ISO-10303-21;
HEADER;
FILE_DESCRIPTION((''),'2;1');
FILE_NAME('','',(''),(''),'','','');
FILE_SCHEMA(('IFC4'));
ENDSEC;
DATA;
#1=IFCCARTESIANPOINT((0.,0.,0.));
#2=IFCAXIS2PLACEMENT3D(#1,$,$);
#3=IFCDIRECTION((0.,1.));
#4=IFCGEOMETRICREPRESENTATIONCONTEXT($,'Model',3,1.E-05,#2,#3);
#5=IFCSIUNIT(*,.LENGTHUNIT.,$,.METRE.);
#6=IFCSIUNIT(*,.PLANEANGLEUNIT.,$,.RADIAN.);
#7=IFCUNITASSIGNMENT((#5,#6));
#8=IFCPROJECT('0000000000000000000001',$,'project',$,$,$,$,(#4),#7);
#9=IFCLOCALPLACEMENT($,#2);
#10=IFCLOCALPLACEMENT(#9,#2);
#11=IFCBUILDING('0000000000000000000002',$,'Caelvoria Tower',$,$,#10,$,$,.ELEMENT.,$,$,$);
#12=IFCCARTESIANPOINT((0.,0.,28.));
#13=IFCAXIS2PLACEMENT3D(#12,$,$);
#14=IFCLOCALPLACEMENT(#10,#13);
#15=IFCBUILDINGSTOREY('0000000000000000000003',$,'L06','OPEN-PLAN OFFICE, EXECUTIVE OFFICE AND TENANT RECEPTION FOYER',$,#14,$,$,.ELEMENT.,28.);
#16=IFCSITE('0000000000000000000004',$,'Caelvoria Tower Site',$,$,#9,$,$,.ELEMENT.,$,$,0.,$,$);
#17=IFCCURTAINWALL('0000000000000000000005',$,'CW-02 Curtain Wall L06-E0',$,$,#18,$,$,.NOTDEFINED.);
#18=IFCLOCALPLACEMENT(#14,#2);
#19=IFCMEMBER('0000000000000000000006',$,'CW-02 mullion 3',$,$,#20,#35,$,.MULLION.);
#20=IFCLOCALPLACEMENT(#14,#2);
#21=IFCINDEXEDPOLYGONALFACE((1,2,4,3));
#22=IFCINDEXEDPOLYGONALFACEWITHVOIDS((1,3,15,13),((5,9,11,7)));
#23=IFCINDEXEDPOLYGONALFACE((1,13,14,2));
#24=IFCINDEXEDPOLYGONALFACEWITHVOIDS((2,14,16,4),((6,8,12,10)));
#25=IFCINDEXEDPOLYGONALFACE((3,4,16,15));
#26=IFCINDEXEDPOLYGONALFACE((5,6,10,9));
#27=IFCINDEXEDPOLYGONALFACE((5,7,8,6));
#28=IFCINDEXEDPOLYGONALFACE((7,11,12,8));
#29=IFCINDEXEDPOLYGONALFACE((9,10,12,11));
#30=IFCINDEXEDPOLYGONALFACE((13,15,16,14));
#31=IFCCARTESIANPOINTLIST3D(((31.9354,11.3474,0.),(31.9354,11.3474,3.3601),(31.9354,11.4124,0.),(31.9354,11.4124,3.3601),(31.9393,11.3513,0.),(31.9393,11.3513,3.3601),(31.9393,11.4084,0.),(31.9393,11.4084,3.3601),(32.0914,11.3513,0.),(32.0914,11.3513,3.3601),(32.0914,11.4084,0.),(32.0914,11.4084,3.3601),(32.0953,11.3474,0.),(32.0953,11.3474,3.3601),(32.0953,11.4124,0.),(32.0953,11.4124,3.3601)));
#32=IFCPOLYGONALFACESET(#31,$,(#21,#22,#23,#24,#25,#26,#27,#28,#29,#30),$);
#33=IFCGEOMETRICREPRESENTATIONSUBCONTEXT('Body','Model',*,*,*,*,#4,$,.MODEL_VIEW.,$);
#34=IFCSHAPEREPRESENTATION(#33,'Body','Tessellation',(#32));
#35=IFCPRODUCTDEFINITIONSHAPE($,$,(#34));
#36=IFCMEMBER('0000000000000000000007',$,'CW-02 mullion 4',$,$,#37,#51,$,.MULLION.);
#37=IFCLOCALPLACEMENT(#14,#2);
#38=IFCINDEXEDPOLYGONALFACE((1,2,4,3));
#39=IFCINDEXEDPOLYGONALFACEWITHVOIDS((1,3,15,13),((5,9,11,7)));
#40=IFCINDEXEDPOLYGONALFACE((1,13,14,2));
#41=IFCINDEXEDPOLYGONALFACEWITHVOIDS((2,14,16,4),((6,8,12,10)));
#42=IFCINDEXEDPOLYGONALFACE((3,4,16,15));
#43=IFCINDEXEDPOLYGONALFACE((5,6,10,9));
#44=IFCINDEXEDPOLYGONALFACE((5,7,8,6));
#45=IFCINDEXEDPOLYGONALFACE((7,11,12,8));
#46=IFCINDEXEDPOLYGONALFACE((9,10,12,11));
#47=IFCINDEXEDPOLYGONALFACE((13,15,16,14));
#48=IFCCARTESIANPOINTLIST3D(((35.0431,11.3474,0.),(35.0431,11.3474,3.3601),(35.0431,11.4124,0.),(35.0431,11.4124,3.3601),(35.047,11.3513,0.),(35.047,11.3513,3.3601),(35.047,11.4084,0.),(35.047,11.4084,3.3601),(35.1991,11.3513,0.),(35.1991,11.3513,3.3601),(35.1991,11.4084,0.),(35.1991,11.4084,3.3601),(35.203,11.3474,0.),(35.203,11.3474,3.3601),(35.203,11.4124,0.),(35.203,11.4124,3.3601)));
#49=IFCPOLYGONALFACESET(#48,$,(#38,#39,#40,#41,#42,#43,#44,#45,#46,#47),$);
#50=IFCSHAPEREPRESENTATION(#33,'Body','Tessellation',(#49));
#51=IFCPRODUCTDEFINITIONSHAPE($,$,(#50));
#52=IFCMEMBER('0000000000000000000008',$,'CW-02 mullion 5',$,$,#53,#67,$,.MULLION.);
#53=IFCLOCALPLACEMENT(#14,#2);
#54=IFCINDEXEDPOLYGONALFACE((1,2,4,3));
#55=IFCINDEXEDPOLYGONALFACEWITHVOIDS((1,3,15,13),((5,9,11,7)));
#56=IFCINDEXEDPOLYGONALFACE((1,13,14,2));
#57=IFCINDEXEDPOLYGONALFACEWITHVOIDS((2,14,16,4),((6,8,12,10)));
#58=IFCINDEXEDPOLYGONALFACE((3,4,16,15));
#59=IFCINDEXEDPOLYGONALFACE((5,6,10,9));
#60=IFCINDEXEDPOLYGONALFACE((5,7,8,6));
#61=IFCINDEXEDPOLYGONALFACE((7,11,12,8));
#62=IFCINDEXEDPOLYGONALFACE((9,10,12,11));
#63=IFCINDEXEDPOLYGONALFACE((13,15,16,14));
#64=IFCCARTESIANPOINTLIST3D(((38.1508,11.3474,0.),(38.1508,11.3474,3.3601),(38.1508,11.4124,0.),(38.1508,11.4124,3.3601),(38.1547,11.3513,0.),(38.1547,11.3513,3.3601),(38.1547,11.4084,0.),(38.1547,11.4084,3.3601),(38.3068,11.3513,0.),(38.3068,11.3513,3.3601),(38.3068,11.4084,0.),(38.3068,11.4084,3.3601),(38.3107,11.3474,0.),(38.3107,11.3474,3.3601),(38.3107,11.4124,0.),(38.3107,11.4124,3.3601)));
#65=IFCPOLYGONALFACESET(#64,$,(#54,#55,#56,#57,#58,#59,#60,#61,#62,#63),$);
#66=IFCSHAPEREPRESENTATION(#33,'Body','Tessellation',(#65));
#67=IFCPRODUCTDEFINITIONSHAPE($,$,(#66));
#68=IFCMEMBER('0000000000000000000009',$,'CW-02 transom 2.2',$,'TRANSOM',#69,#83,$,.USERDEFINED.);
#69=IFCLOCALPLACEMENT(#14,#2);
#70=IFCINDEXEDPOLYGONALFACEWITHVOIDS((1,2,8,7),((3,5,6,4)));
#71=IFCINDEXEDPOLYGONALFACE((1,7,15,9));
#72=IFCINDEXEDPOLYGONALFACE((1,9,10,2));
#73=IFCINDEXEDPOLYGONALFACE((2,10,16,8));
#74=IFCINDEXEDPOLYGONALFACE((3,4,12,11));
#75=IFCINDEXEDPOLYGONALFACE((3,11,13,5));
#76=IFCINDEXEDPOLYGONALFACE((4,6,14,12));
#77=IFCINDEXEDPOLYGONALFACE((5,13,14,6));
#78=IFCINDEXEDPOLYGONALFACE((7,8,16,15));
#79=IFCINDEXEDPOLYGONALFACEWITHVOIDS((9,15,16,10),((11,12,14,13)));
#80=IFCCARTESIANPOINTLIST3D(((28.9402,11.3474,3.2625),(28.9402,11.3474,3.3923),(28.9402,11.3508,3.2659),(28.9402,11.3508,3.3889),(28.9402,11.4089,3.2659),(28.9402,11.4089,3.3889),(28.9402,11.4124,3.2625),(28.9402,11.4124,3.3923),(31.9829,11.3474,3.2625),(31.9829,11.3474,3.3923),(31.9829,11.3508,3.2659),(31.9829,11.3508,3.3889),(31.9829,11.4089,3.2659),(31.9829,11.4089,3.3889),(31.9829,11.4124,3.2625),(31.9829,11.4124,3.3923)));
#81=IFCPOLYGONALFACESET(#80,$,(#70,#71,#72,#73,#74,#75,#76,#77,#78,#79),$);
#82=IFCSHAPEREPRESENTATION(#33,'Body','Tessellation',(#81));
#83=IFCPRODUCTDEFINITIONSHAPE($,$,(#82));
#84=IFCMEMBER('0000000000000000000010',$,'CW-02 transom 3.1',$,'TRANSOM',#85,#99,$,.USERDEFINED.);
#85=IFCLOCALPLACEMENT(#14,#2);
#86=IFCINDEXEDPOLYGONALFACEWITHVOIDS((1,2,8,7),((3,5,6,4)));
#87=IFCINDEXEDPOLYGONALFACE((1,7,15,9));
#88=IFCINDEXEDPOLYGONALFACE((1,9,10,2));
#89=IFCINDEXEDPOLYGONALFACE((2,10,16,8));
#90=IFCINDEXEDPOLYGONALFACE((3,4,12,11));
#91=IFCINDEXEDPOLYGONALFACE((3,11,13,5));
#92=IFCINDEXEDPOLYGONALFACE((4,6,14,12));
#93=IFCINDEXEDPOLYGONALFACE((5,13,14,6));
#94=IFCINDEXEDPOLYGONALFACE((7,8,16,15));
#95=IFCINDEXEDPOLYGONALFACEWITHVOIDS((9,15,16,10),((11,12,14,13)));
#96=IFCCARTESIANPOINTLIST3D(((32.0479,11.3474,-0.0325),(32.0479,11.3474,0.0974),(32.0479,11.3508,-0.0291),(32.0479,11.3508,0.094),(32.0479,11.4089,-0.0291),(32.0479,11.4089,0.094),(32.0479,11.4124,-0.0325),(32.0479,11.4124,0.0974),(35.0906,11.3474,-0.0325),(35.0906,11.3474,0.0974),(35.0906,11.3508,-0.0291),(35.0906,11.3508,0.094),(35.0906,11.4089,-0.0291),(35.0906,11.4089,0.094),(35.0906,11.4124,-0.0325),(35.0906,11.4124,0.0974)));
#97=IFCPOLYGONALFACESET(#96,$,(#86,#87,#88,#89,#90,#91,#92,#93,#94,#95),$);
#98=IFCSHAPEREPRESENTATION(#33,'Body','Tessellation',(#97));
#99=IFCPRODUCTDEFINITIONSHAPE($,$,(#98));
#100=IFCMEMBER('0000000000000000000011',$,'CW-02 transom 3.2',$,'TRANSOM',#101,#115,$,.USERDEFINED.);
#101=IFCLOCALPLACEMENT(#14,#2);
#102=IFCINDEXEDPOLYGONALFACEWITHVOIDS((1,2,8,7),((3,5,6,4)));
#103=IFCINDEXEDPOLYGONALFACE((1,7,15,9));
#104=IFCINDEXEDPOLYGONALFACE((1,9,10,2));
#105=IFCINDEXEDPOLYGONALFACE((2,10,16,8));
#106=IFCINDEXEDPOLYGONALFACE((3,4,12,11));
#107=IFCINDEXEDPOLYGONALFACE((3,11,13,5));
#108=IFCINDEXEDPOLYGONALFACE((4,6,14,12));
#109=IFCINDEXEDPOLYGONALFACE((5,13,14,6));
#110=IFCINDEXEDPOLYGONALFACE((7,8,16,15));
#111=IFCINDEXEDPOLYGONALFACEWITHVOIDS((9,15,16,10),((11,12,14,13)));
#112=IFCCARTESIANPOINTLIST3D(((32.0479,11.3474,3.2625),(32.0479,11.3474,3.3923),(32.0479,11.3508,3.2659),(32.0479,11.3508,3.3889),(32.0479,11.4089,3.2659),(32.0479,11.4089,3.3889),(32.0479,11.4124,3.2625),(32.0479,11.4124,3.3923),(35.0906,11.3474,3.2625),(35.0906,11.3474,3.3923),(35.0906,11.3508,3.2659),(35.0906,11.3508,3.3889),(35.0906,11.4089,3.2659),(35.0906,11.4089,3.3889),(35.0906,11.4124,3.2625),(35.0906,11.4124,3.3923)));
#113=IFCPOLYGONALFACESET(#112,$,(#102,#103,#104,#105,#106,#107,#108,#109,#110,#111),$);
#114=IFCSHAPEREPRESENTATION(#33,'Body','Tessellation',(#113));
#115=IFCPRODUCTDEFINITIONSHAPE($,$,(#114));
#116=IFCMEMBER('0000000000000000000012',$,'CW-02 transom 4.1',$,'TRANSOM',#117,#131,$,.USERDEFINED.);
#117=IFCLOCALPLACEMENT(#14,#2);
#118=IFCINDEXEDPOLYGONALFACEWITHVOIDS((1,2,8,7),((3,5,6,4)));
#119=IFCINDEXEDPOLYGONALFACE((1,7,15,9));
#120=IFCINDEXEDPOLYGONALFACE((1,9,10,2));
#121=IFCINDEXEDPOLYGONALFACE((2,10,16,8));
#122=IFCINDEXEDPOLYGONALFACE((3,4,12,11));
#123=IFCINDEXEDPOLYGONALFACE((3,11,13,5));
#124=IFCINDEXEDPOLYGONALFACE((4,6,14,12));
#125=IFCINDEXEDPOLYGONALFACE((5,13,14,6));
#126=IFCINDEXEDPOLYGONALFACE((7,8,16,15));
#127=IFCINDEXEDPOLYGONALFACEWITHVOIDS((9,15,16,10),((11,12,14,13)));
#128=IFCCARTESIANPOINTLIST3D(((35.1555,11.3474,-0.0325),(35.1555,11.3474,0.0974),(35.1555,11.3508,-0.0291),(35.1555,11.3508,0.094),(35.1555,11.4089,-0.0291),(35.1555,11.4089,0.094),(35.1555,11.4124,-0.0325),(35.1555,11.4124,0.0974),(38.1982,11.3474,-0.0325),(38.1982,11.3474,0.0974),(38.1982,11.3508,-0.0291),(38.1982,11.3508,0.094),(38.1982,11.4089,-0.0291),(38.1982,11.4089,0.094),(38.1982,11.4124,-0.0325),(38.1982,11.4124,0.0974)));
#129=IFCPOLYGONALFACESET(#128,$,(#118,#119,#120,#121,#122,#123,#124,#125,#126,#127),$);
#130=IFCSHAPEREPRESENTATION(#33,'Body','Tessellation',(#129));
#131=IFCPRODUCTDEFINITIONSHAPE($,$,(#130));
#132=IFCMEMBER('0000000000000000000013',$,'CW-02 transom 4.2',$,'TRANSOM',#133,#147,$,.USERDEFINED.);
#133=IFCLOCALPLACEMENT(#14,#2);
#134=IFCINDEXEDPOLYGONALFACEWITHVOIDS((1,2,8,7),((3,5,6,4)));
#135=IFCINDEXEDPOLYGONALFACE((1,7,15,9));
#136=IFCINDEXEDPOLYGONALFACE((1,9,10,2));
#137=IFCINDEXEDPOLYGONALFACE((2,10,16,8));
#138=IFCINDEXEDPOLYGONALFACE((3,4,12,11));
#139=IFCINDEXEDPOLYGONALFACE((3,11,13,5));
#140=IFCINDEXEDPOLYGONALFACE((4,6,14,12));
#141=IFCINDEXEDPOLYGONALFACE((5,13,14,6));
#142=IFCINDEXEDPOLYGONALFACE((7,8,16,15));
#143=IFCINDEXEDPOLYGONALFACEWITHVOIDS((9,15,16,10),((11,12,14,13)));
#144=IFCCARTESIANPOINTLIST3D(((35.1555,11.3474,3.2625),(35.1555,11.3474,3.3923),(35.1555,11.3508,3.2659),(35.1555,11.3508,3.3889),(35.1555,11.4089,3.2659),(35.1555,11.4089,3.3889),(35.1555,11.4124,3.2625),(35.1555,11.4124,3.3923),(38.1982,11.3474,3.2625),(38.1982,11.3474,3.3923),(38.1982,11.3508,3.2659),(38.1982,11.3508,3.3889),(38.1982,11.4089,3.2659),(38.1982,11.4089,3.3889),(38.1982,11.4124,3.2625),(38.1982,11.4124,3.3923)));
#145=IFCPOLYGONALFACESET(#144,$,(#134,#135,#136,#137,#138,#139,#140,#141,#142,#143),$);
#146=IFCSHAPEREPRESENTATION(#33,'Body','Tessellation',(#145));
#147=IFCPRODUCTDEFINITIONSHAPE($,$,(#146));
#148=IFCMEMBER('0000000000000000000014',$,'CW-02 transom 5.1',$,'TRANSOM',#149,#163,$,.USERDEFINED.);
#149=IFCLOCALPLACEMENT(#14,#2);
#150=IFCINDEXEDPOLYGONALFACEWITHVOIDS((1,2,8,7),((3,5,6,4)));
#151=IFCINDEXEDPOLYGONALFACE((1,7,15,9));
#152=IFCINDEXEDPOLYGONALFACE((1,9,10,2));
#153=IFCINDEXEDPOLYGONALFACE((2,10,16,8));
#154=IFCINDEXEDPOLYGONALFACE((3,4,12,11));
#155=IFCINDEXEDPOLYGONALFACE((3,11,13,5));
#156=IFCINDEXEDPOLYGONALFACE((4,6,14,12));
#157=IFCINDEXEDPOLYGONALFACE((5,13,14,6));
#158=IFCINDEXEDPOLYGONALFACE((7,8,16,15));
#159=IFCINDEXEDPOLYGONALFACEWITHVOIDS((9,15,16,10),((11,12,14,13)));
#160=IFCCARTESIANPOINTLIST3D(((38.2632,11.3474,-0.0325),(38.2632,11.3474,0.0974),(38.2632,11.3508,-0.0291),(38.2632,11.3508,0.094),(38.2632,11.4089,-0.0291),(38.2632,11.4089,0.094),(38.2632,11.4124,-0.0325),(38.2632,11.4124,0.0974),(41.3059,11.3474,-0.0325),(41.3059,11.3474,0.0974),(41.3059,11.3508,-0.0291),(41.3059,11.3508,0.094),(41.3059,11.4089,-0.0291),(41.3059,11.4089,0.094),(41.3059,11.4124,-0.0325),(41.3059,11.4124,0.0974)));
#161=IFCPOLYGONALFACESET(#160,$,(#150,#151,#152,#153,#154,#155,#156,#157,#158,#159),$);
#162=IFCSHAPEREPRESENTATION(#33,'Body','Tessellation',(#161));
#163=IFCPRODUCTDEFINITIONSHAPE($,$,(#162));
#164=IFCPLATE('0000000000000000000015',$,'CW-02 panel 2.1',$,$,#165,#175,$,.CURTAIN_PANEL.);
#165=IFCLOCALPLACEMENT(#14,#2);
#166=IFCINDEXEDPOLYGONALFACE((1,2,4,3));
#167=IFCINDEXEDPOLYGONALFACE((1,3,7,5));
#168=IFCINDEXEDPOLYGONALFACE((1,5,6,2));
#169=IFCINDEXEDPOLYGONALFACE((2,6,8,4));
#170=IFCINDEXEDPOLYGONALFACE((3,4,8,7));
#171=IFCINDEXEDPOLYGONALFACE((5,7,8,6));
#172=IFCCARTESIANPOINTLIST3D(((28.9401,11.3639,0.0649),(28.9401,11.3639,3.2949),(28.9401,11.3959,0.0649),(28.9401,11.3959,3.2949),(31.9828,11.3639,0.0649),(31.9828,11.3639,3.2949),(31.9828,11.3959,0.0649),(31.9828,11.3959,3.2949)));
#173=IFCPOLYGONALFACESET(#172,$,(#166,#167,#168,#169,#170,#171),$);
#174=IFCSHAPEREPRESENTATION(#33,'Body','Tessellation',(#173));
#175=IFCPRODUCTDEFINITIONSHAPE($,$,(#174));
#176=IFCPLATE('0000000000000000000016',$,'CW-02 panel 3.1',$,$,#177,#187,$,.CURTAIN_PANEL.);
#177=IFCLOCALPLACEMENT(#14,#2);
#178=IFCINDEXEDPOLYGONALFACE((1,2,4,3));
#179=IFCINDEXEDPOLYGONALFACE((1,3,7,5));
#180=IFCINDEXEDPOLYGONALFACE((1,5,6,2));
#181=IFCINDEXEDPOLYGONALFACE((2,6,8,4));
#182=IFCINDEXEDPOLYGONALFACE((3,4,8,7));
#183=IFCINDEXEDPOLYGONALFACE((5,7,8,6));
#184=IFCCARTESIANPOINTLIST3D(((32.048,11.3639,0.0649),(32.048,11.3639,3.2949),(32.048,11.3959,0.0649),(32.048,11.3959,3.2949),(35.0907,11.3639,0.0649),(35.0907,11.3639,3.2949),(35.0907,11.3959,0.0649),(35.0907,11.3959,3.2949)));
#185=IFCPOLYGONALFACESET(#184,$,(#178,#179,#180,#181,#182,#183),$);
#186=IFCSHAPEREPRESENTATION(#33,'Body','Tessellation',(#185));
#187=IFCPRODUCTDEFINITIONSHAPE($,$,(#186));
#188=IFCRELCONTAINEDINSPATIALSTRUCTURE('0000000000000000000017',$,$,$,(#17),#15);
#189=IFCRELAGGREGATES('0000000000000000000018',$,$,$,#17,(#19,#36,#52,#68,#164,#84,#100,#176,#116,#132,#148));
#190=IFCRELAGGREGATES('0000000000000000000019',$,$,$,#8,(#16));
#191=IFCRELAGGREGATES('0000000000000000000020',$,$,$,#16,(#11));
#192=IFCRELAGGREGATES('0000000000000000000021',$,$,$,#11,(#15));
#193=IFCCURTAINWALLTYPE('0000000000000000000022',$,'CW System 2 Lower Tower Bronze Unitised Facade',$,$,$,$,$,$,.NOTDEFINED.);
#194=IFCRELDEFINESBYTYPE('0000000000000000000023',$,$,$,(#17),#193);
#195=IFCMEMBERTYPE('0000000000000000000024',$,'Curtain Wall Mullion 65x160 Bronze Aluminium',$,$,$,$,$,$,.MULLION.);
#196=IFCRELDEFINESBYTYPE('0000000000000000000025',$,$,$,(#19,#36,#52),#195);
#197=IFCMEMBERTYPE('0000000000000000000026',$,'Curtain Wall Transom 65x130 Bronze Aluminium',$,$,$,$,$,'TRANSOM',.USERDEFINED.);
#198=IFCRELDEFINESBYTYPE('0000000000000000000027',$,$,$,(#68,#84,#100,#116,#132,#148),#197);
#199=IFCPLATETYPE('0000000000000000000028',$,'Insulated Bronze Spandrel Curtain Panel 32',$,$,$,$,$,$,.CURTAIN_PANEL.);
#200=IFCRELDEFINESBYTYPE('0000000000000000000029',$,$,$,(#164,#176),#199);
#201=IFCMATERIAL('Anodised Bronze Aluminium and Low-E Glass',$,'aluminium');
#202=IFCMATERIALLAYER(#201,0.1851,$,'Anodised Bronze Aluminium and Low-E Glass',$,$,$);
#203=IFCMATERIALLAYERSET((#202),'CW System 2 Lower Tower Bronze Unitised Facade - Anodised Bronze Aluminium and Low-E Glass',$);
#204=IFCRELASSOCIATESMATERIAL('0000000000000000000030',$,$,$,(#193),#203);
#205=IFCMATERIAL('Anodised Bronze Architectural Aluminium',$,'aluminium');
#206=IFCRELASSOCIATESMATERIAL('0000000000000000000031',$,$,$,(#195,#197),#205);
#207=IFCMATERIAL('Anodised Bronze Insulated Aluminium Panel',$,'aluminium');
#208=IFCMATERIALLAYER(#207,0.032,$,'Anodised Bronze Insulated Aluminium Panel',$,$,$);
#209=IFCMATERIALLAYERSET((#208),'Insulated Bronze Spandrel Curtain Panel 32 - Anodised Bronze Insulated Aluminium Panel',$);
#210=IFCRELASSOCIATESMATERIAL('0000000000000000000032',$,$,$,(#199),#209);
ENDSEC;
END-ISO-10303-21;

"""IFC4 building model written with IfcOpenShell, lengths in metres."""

from ifc_helpers import new_model, si_unit, direction, frame, origin, origin_2d, place, context, subcontext, project, spatial, rectangle, hollow_rectangle, extrude, material, layer, layer_set, material_profile, profile_set, type_object, element, aggregate, save


model = new_model("IFC4")

# Units and contexts
model_context = context("Model", 3, precision=1e-05, world=origin(), true_north=direction((0.0, 1.0)))
body_context = subcontext(model_context, "Body", "Model", "MODEL_VIEW")
ifc_project = project(units=[si_unit("LENGTHUNIT", "METRE"), si_unit("PLANEANGLEUNIT", "RADIAN")], contexts=[model_context])

# Site, building, storey
site_placement = place(None, origin())
site = spatial("IfcSite", under=ifc_project, at=site_placement, Name="Caelvoria Tower Site", CompositionType="ELEMENT", RefElevation=0.0)
building_placement = place(site_placement, origin())
building = spatial("IfcBuilding", under=site, at=building_placement, Name="Caelvoria Tower", CompositionType="ELEMENT")
storey_placement = place(building_placement, frame((0.0, 0.0, 28.0)))
storey = spatial("IfcBuildingStorey", under=building, at=storey_placement, Name="L06", Description="OPEN-PLAN OFFICE, EXECUTIVE OFFICE AND TENANT RECEPTION FOYER", CompositionType="ELEMENT", Elevation=28.0)

# Curtain wall, members, plates
ifc_material_1 = material(Name="Anodised Bronze Aluminium and Low-E Glass", Category="aluminium")
ifc_layer_1 = layer(ifc_material_1, 0.1851, Name="Anodised Bronze Aluminium and Low-E Glass")
ifc_layer_set_1 = layer_set([ifc_layer_1], Name="CW System 2 Lower Tower Bronze Unitised Facade - Anodised Bronze Aluminium and Low-E Glass")
curtain_wall_type = type_object("IfcCurtainWallType", Name="CW System 2 Lower Tower Bronze Unitised Facade", PredefinedType="NOTDEFINED", material=ifc_layer_set_1)
curtain_wall_placement = place(storey_placement, origin())
curtain_wall = element("IfcCurtainWall", 1, at=curtain_wall_placement, inside=storey, type_object=curtain_wall_type, Name="CW-02 Curtain Wall L06-E0", PredefinedType="NOTDEFINED")
ifc_material_2 = material(Name="Anodised Bronze Architectural Aluminium", Category="aluminium")
ifc_material_profile_1 = material_profile(ifc_material_2, hollow_rectangle(XDim=0.0649, YDim=0.1599, WallThickness=0.0039, at=origin_2d()), Name="Anodised Bronze Architectural Aluminium")
ifc_profile_set_1 = profile_set([ifc_material_profile_1], Name="CW_MULL_65X160 - Anodised Bronze Architectural Aluminium")
member_type_1 = type_object("IfcMemberType", Name="Curtain Wall Mullion 65x160 Bronze Aluminium", PredefinedType="MULLION", material=ifc_profile_set_1)
member_1_placement = place(storey_placement, frame((32.0154, 11.3799, 0.0), z_axis=(0.0, 0.0, 1.0), x_axis=(0.0, 1.0, 0.0)))
member_1 = element("IfcMember", 2, at=member_1_placement, type_object=member_type_1, Name="CW-02 mullion 3", PredefinedType="MULLION", context=body_context, shape_type="SweptSolid", body=[
    extrude(hollow_rectangle(XDim=0.0649, YDim=0.1599, WallThickness=0.0039, at=origin_2d()), origin(), (0.0, 0.0, 1.0), 3.3601),
])
member_2_placement = place(storey_placement, frame((35.123, 11.3799, 0.0), z_axis=(0.0, 0.0, 1.0), x_axis=(0.0, 1.0, 0.0)))
member_2 = element("IfcMember", 3, at=member_2_placement, type_object=member_type_1, Name="CW-02 mullion 4", PredefinedType="MULLION", context=body_context, shape_type="SweptSolid", body=[
    extrude(hollow_rectangle(XDim=0.0649, YDim=0.1599, WallThickness=0.0039, at=origin_2d()), origin(), (0.0, 0.0, 1.0), 3.3601),
])
member_3_placement = place(storey_placement, frame((38.2307, 11.3799, 0.0), z_axis=(0.0, 0.0, 1.0), x_axis=(0.0, 1.0, 0.0)))
member_3 = element("IfcMember", 4, at=member_3_placement, type_object=member_type_1, Name="CW-02 mullion 5", PredefinedType="MULLION", context=body_context, shape_type="SweptSolid", body=[
    extrude(hollow_rectangle(XDim=0.0649, YDim=0.1599, WallThickness=0.0039, at=origin_2d()), origin(), (0.0, 0.0, 1.0), 3.3601),
])
ifc_material_profile_2 = material_profile(ifc_material_2, hollow_rectangle(XDim=0.0649, YDim=0.1299, WallThickness=0.0034, at=origin_2d()), Name="Anodised Bronze Architectural Aluminium")
ifc_profile_set_2 = profile_set([ifc_material_profile_2], Name="CW_TRAN_65X130 - Anodised Bronze Architectural Aluminium")
member_type_2 = type_object("IfcMemberType", Name="Curtain Wall Transom 65x130 Bronze Aluminium", ElementType="TRANSOM", PredefinedType="USERDEFINED", material=ifc_profile_set_2)
member_4_placement = place(storey_placement, frame((28.9402, 11.3799, 3.3274), z_axis=(1.0, 0.0, 0.0), x_axis=(0.0, 1.0, 0.0)))
member_4 = element("IfcMember", 5, at=member_4_placement, type_object=member_type_2, Name="CW-02 transom 2.2", ObjectType="TRANSOM", PredefinedType="USERDEFINED", context=body_context, shape_type="SweptSolid", body=[
    extrude(hollow_rectangle(XDim=0.0649, YDim=0.1299, WallThickness=0.0034, at=origin_2d()), origin(), (0.0, 0.0, 1.0), 3.0427),
])
member_5_placement = place(storey_placement, frame((32.0479, 11.3799, 0.0325), z_axis=(1.0, 0.0, 0.0), x_axis=(0.0, 1.0, 0.0)))
member_5 = element("IfcMember", 6, at=member_5_placement, type_object=member_type_2, Name="CW-02 transom 3.1", ObjectType="TRANSOM", PredefinedType="USERDEFINED", context=body_context, shape_type="SweptSolid", body=[
    extrude(hollow_rectangle(XDim=0.0649, YDim=0.1299, WallThickness=0.0034, at=origin_2d()), origin(), (0.0, 0.0, 1.0), 3.0427),
])
member_6_placement = place(storey_placement, frame((32.0479, 11.3799, 3.3274), z_axis=(1.0, 0.0, 0.0), x_axis=(0.0, 1.0, 0.0)))
member_6 = element("IfcMember", 7, at=member_6_placement, type_object=member_type_2, Name="CW-02 transom 3.2", ObjectType="TRANSOM", PredefinedType="USERDEFINED", context=body_context, shape_type="SweptSolid", body=[
    extrude(hollow_rectangle(XDim=0.0649, YDim=0.1299, WallThickness=0.0034, at=origin_2d()), origin(), (0.0, 0.0, 1.0), 3.0427),
])
member_7_placement = place(storey_placement, frame((35.1555, 11.3799, 0.0325), z_axis=(1.0, 0.0, 0.0), x_axis=(0.0, 1.0, 0.0)))
member_7 = element("IfcMember", 8, at=member_7_placement, type_object=member_type_2, Name="CW-02 transom 4.1", ObjectType="TRANSOM", PredefinedType="USERDEFINED", context=body_context, shape_type="SweptSolid", body=[
    extrude(hollow_rectangle(XDim=0.0649, YDim=0.1299, WallThickness=0.0034, at=origin_2d()), origin(), (0.0, 0.0, 1.0), 3.0427),
])
member_8_placement = place(storey_placement, frame((35.1555, 11.3799, 3.3274), z_axis=(1.0, 0.0, 0.0), x_axis=(0.0, 1.0, 0.0)))
member_8 = element("IfcMember", 9, at=member_8_placement, type_object=member_type_2, Name="CW-02 transom 4.2", ObjectType="TRANSOM", PredefinedType="USERDEFINED", context=body_context, shape_type="SweptSolid", body=[
    extrude(hollow_rectangle(XDim=0.0649, YDim=0.1299, WallThickness=0.0034, at=origin_2d()), origin(), (0.0, 0.0, 1.0), 3.0427),
])
member_9_placement = place(storey_placement, frame((38.2632, 11.3799, 0.0325), z_axis=(1.0, 0.0, 0.0), x_axis=(0.0, 1.0, 0.0)))
member_9 = element("IfcMember", 10, at=member_9_placement, type_object=member_type_2, Name="CW-02 transom 5.1", ObjectType="TRANSOM", PredefinedType="USERDEFINED", context=body_context, shape_type="SweptSolid", body=[
    extrude(hollow_rectangle(XDim=0.0649, YDim=0.1299, WallThickness=0.0034, at=origin_2d()), origin(), (0.0, 0.0, 1.0), 3.0427),
])
ifc_material_3 = material(Name="Anodised Bronze Insulated Aluminium Panel", Category="aluminium")
ifc_layer_2 = layer(ifc_material_3, 0.032, Name="Anodised Bronze Insulated Aluminium Panel")
ifc_layer_set_2 = layer_set([ifc_layer_2], Name="Insulated Bronze Spandrel Curtain Panel 32 - Anodised Bronze Insulated Aluminium Panel")
plate_type = type_object("IfcPlateType", Name="Insulated Bronze Spandrel Curtain Panel 32", PredefinedType="CURTAIN_PANEL", material=ifc_layer_set_2)
plate_1_placement = place(storey_placement, frame((30.4614, 11.3799, 0.0649), z_axis=(0.0, 0.0, 1.0), x_axis=(1.0, 0.0, 0.0)))
plate_1 = element("IfcPlate", 11, at=plate_1_placement, type_object=plate_type, Name="CW-02 panel 2.1", PredefinedType="CURTAIN_PANEL", context=body_context, shape_type="SweptSolid", body=[
    extrude(rectangle(XDim=3.0427, YDim=0.032, at=origin_2d()), origin(), (0.0, 0.0, 1.0), 3.23),
])
plate_2_placement = place(storey_placement, frame((33.5693, 11.3799, 0.0649), z_axis=(0.0, 0.0, 1.0), x_axis=(1.0, 0.0, 0.0)))
plate_2 = element("IfcPlate", 12, at=plate_2_placement, type_object=plate_type, Name="CW-02 panel 3.1", PredefinedType="CURTAIN_PANEL", context=body_context, shape_type="SweptSolid", body=[
    extrude(rectangle(XDim=3.0427, YDim=0.032, at=origin_2d()), origin(), (0.0, 0.0, 1.0), 3.23),
])
aggregate(curtain_wall, [member_1, member_2, member_3, member_4, plate_1, member_5, member_6, plate_2, member_7, member_8, member_9])

save(model, "model.ifc")
